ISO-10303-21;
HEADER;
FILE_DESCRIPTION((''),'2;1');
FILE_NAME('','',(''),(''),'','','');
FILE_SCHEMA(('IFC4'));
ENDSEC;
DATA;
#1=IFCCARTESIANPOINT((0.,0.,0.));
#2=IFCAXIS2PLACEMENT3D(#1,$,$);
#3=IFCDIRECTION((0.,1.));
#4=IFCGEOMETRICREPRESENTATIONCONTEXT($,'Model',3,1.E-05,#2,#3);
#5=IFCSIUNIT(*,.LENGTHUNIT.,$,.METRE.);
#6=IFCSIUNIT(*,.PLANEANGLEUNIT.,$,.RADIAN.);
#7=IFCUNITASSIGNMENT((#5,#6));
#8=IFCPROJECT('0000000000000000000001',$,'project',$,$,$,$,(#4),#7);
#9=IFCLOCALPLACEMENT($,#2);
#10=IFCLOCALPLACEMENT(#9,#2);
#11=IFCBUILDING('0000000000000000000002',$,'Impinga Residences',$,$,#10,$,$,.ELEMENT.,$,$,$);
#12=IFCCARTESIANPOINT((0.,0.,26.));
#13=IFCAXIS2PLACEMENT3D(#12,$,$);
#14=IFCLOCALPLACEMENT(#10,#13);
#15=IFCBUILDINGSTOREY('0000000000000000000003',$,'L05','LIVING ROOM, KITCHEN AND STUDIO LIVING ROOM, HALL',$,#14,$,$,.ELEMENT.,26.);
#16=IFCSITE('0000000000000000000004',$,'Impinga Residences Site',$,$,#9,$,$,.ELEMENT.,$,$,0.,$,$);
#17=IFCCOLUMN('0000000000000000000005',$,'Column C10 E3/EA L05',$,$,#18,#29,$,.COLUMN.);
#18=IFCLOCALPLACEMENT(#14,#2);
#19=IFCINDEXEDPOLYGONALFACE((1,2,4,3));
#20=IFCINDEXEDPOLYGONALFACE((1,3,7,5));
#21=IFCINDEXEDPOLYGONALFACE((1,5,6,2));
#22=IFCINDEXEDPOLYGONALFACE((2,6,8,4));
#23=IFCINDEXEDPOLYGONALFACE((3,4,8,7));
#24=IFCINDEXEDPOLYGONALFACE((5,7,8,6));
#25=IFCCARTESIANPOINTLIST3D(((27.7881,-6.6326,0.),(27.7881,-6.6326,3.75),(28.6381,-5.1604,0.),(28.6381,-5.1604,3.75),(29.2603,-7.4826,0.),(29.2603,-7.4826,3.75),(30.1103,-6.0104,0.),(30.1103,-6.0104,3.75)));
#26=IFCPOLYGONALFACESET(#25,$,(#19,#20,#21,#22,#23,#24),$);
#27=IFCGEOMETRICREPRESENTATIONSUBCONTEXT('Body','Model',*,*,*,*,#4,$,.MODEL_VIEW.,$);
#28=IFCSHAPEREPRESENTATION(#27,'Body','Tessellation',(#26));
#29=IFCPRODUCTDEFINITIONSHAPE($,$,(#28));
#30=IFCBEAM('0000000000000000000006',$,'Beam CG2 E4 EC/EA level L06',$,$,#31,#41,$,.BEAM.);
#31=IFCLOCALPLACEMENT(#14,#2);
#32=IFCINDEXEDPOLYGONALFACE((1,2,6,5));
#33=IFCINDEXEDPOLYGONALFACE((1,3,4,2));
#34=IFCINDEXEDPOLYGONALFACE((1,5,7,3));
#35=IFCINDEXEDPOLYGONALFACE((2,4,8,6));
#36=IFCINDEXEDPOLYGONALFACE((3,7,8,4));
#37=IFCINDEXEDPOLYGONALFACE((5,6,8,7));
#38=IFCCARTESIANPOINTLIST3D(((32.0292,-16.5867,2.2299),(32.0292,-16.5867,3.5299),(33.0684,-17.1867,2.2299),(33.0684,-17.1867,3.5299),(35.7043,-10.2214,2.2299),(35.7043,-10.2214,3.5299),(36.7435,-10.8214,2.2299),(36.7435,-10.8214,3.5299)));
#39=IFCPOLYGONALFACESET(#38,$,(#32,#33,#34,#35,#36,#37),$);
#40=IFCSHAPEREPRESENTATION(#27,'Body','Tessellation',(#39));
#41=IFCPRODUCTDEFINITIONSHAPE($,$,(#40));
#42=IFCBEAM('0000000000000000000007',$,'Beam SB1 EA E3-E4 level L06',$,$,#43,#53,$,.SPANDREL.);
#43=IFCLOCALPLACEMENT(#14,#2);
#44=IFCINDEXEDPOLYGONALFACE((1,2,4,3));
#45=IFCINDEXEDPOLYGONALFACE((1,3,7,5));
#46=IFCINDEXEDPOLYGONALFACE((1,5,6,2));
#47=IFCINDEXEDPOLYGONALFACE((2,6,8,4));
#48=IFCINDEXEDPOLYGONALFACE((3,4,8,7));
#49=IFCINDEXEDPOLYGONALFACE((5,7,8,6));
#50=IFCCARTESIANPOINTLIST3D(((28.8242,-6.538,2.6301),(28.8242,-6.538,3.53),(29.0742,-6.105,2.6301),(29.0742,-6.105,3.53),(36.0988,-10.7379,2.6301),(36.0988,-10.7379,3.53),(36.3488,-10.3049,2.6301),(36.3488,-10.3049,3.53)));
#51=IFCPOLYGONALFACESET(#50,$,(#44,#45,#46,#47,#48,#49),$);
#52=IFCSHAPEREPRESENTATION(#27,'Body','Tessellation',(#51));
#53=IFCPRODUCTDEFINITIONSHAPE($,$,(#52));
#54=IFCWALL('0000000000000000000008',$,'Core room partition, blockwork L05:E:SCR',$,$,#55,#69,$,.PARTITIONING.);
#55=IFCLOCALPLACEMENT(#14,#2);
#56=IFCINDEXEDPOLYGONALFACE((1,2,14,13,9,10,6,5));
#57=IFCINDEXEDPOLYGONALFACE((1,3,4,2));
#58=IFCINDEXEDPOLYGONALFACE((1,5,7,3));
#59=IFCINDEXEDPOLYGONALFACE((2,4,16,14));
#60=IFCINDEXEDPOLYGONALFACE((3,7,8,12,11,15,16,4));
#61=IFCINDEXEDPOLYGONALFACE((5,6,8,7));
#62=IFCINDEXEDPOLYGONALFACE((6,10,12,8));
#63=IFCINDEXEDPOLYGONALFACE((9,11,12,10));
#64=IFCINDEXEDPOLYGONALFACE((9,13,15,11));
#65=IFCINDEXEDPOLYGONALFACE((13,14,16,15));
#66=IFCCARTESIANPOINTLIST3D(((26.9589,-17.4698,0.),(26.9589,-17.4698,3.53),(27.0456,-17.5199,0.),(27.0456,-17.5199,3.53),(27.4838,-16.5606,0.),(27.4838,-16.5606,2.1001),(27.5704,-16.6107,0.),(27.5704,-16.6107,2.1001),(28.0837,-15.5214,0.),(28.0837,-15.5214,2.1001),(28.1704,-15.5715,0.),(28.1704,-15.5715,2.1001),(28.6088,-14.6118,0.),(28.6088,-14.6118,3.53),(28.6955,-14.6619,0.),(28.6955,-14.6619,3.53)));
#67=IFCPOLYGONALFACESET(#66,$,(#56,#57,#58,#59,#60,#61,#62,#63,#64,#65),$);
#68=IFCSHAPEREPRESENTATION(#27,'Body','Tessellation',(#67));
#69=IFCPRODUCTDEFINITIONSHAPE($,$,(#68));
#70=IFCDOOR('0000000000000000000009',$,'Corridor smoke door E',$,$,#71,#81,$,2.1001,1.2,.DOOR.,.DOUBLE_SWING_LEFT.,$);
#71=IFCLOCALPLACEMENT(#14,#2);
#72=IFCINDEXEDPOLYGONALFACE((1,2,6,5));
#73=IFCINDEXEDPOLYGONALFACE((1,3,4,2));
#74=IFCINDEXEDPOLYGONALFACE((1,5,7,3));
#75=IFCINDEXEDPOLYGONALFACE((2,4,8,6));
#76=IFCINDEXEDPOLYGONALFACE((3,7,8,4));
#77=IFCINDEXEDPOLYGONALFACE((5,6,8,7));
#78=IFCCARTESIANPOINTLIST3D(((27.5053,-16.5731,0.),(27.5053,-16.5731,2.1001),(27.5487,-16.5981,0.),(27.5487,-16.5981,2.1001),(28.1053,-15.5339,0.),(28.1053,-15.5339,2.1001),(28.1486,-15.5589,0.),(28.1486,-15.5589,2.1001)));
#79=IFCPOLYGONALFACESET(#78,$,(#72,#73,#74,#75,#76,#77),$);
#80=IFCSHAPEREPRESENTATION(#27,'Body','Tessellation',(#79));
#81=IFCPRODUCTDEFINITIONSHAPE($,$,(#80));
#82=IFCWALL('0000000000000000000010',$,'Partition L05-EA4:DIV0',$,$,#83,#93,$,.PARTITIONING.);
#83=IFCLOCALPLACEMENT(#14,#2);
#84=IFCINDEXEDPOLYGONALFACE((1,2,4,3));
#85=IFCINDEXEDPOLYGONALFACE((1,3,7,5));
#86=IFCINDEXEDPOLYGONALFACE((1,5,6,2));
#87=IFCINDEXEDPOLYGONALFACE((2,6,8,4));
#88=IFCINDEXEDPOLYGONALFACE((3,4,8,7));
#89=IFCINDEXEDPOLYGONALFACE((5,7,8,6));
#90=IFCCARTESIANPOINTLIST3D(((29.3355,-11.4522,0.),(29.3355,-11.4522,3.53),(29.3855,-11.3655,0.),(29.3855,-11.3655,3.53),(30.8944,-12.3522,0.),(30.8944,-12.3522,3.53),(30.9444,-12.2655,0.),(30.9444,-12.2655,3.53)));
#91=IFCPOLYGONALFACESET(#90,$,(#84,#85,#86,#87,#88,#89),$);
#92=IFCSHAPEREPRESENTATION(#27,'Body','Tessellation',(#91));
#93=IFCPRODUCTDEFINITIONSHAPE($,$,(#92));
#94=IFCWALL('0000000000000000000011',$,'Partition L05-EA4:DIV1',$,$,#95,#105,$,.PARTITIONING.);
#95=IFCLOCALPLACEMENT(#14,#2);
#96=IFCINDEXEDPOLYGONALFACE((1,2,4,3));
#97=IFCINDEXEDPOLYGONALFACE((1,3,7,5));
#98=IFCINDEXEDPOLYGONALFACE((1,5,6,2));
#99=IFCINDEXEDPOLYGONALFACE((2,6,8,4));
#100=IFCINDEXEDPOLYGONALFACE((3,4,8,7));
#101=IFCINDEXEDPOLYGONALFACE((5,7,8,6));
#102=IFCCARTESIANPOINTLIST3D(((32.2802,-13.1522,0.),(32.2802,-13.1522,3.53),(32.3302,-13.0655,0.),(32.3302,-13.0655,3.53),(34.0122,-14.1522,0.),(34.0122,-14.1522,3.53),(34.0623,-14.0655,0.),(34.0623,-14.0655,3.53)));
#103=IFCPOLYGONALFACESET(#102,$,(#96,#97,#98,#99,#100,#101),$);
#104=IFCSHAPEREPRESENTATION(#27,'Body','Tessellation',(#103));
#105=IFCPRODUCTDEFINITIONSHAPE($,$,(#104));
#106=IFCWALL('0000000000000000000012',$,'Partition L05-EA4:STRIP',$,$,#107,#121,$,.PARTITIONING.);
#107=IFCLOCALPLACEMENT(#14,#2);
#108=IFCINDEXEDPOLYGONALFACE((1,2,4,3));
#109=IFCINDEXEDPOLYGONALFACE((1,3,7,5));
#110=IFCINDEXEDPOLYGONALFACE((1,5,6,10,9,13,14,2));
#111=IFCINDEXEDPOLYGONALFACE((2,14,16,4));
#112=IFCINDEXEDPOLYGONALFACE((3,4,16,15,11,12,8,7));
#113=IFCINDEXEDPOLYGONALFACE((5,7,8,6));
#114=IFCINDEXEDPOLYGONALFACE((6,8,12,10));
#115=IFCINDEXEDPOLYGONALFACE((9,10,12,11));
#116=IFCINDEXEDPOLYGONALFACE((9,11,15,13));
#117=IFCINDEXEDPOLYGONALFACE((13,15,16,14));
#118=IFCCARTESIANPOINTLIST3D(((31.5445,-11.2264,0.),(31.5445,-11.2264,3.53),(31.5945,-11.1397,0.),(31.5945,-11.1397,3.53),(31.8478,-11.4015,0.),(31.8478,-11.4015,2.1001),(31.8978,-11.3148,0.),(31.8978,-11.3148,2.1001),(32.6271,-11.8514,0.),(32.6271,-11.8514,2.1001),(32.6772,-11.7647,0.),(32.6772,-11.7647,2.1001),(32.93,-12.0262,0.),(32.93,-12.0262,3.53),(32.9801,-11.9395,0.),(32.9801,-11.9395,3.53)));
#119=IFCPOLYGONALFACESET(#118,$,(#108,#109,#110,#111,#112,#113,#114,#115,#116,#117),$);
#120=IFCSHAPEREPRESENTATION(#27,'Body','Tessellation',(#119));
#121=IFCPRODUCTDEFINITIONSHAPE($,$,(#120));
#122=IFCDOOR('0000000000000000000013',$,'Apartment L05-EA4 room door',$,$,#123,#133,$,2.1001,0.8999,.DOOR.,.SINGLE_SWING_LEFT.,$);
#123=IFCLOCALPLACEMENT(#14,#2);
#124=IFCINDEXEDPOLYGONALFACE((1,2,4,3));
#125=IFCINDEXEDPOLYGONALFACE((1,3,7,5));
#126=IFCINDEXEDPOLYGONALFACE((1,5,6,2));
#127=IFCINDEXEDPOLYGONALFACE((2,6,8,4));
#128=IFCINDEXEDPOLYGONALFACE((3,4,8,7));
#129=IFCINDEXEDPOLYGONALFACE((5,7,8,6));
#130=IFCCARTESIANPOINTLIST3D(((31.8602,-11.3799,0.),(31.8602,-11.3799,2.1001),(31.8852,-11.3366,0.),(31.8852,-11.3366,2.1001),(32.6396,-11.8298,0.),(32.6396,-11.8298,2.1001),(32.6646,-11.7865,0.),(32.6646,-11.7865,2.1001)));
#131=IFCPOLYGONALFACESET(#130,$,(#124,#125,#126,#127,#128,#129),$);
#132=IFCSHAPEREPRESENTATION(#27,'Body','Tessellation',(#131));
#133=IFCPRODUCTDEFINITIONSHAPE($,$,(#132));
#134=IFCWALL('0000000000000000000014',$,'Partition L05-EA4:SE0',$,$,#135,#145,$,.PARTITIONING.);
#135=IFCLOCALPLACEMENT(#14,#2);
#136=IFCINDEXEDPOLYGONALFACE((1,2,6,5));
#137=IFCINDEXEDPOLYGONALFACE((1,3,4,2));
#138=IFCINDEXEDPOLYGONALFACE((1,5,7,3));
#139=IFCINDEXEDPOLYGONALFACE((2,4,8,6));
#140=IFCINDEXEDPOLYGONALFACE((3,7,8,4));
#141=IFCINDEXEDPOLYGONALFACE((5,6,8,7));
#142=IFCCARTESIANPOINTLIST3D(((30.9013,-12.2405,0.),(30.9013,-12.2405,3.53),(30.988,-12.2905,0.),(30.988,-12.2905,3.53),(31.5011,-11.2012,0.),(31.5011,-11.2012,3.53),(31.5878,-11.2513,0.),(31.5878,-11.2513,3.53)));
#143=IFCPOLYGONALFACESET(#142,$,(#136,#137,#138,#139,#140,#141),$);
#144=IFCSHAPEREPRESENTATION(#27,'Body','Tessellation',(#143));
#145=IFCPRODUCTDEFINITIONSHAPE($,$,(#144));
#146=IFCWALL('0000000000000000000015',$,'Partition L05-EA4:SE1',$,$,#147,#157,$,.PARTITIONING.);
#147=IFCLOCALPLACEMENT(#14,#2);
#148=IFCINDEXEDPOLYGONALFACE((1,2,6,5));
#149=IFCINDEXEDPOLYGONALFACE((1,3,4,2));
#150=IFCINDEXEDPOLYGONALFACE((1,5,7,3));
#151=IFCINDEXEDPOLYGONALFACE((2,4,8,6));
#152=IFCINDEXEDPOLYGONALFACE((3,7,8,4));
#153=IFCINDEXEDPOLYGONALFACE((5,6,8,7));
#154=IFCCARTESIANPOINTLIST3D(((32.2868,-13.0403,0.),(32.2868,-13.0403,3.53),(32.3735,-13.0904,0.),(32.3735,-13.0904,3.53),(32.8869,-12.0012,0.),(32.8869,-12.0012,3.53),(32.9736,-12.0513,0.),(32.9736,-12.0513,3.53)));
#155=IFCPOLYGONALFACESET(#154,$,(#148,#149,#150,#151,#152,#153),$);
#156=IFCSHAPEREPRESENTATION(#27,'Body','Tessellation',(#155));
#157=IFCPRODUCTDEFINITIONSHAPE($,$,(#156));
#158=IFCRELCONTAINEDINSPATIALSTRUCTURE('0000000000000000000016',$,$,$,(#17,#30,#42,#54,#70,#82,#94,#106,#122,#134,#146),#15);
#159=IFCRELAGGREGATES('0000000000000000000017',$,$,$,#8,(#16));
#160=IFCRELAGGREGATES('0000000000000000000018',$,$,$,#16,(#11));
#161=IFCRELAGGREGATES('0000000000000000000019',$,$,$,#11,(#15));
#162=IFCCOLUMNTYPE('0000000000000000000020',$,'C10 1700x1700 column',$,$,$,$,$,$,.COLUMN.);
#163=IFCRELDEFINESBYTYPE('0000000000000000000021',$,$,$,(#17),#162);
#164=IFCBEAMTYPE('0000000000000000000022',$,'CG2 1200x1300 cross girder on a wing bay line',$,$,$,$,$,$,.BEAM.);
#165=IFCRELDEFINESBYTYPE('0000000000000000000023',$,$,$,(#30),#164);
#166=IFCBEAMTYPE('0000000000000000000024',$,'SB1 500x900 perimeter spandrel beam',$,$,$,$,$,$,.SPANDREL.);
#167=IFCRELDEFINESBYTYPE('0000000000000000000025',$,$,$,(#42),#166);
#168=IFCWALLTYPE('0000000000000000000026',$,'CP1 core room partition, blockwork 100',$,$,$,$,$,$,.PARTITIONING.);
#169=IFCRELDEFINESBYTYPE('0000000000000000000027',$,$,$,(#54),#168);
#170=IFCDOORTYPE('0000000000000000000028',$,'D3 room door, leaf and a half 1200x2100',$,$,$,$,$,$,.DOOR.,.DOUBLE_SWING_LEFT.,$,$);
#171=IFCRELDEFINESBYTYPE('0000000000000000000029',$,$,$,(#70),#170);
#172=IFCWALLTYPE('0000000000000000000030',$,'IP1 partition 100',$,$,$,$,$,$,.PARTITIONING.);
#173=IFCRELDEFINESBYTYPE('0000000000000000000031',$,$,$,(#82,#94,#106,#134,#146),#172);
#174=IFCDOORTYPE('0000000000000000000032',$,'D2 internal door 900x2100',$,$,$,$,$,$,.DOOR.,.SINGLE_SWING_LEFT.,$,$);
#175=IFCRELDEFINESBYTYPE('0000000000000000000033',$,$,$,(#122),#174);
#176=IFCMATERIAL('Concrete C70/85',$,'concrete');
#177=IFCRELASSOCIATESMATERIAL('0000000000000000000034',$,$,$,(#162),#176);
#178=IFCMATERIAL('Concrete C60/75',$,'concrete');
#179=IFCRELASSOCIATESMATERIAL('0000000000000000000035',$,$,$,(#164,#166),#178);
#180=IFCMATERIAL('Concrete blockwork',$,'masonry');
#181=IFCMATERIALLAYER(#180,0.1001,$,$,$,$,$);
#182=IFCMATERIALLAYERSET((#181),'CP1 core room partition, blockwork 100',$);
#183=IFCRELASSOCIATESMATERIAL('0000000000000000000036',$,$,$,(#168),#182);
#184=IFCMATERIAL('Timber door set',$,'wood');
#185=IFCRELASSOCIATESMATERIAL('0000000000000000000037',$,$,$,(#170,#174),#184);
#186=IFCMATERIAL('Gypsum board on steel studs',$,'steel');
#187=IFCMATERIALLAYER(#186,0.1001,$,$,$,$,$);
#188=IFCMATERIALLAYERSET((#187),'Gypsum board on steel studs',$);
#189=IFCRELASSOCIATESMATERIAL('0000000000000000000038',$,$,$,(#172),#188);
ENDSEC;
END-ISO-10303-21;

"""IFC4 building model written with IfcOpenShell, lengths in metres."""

from ifc_helpers import new_model, si_unit, direction, frame, frame_2d, origin, origin_2d, place, context, subcontext, project, spatial, rectangle, extrude, material, layer, layer_set, material_profile, profile_set, type_object, element, fill, save


model = new_model("IFC4")

# Units and contexts
model_context = context("Model", 3, precision=1e-05, world=origin(), true_north=direction((0.0, 1.0)))
body_context = subcontext(model_context, "Body", "Model", "MODEL_VIEW")
ifc_project = project(units=[si_unit("LENGTHUNIT", "METRE"), si_unit("PLANEANGLEUNIT", "RADIAN")], contexts=[model_context])

# Site, building, storey
site_placement = place(None, origin())
site = spatial("IfcSite", under=ifc_project, at=site_placement, Name="Impinga Residences Site", CompositionType="ELEMENT", RefElevation=0.0)
building_placement = place(site_placement, origin())
building = spatial("IfcBuilding", under=site, at=building_placement, Name="Impinga Residences", CompositionType="ELEMENT")
storey_placement = place(building_placement, frame((0.0, 0.0, 26.0)))
storey = spatial("IfcBuildingStorey", under=building, at=storey_placement, Name="L05", Description="LIVING ROOM, KITCHEN AND STUDIO LIVING ROOM, HALL", CompositionType="ELEMENT", Elevation=26.0)

# Column
ifc_material_1 = material(Name="Concrete C70/85", Category="concrete")
ifc_material_profile_1 = material_profile(ifc_material_1, rectangle(XDim=1.7, YDim=1.7, at=origin_2d()), Name="RC 1700x1700")
ifc_profile_set_1 = profile_set([ifc_material_profile_1], Name="Concrete C70/85")
column_type = type_object("IfcColumnType", Name="C10 1700x1700 column", PredefinedType="COLUMN", material=ifc_profile_set_1)
column_placement = place(storey_placement, frame((28.9492, -6.3215, 0.0), z_axis=(0.0, 0.0, 1.0), x_axis=(-0.5, -0.866025, 0.0)))
element("IfcColumn", 1, at=column_placement, inside=storey, type_object=column_type, Name="Column C10 E3/EA L05", PredefinedType="COLUMN", context=body_context, shape_type="SweptSolid", body=[
    extrude(rectangle(XDim=1.7, YDim=1.7, at=origin_2d()), origin(), (0.0, 0.0, 1.0), 3.75),
])

# Beams
ifc_material_2 = material(Name="Concrete C60/75", Category="concrete")
ifc_material_profile_2 = material_profile(ifc_material_2, rectangle(XDim=1.2, YDim=1.3, at=origin_2d()), Name="RC 1200x1300")
ifc_profile_set_2 = profile_set([ifc_material_profile_2], Name="Concrete C60/75")
beam_type_1 = type_object("IfcBeamType", Name="CG2 1200x1300 cross girder on a wing bay line", PredefinedType="BEAM", material=ifc_profile_set_2)
beam_1_placement = place(storey_placement, frame((32.5488, -16.8867, 2.8799), z_axis=(0.500008, 0.866021, 0.0), x_axis=(-0.866021, 0.500008, 0.0)))
element("IfcBeam", 2, at=beam_1_placement, inside=storey, type_object=beam_type_1, Name="Beam CG2 E4 EC/EA level L06", PredefinedType="BEAM", context=body_context, shape_type="SweptSolid", body=[
    extrude(rectangle(XDim=1.2, YDim=1.3, at=origin_2d()), origin(), (0.0, 0.0, 1.0), 7.3501),
])
ifc_material_profile_3 = material_profile(ifc_material_2, rectangle(XDim=0.5, YDim=0.8999, at=origin_2d()), Name="RC 500x900")
ifc_profile_set_3 = profile_set([ifc_material_profile_3], Name="Concrete C60/75")
beam_type_2 = type_object("IfcBeamType", Name="SB1 500x900 perimeter spandrel beam", PredefinedType="SPANDREL", material=ifc_profile_set_3)
beam_2_placement = place(storey_placement, frame((28.9492, -6.3215, 3.0801), z_axis=(0.866029, -0.499993, 0.0), x_axis=(0.499993, 0.866029, 0.0)))
element("IfcBeam", 3, at=beam_2_placement, inside=storey, type_object=beam_type_2, Name="Beam SB1 EA E3-E4 level L06", PredefinedType="SPANDREL", context=body_context, shape_type="SweptSolid", body=[
    extrude(rectangle(XDim=0.5, YDim=0.8999, at=origin_2d()), origin(), (0.0, 0.0, 1.0), 8.3999),
])

# Wall, opening, door
ifc_material_3 = material(Name="Concrete blockwork", Category="masonry")
ifc_layer_1 = layer(ifc_material_3, 0.1001)
ifc_layer_set_1 = layer_set([ifc_layer_1], Name="CP1 core room partition, blockwork 100")
wall_type_1 = type_object("IfcWallType", Name="CP1 core room partition, blockwork 100", PredefinedType="PARTITIONING", material=ifc_layer_set_1)
wall_1_placement = place(storey_placement, frame((28.6521, -14.637, 0.0), z_axis=(0.0, 0.0, 1.0), x_axis=(-0.499974, -0.86604, 0.0)))
wall_1 = element("IfcWall", 4, at=wall_1_placement, inside=storey, type_object=wall_type_1, Name="Core room partition, blockwork L05:E:SCR", PredefinedType="PARTITIONING", context=body_context, shape_type="SweptSolid", body=[
    extrude(rectangle(XDim=3.3, YDim=0.1001, at=frame_2d((1.6499, 0.0))), origin(), (0.0, 0.0, 1.0), 3.53),
])
opening_1_placement = place(wall_1_placement, frame((1.05, 0.0, 0.0)))
opening_1 = element("IfcOpeningElement", 5, at=opening_1_placement, cuts=wall_1, PredefinedType="OPENING", context=body_context, shape_type="SweptSolid", body=[
    extrude(rectangle(XDim=1.2, YDim=2.1001, at=frame_2d((0.6001, 1.05))), frame((0.0, 0.0601, 0.0), z_axis=(0.0, -1.0, 0.0), x_axis=(1.0, 0.0, 0.0)), (0.0, 0.0, 1.0), 0.1201),
])
ifc_material_4 = material(Name="Timber door set", Category="wood")
door_type_1 = type_object("IfcDoorType", Name="D3 room door, leaf and a half 1200x2100", OperationType="DOUBLE_SWING_LEFT", PredefinedType="DOOR", material=ifc_material_4)
door_1_placement = place(opening_1_placement, origin())
door_1 = element("IfcDoor", 6, at=door_1_placement, inside=storey, type_object=door_type_1, Name="Corridor smoke door E", OperationType="DOUBLE_SWING_LEFT", OverallHeight=2.1001, OverallWidth=1.2, PredefinedType="DOOR", context=body_context, shape_type="SweptSolid", body=[
    extrude(rectangle(XDim=1.2, YDim=2.1001, at=frame_2d((0.6001, 1.05))), frame((0.0, 0.0249, 0.0), z_axis=(0.0, -1.0, 0.0), x_axis=(1.0, 0.0, 0.0)), (0.0, 0.0, 1.0), 0.05),
])
fill(opening_1, door_1)

# Walls
ifc_material_5 = material(Name="Gypsum board on steel studs", Category="steel")
ifc_layer_2 = layer(ifc_material_5, 0.1001)
ifc_layer_set_2 = layer_set([ifc_layer_2], Name="Gypsum board on steel studs")
wall_type_2 = type_object("IfcWallType", Name="IP1 partition 100", PredefinedType="PARTITIONING", material=ifc_layer_set_2)
wall_2_placement = place(storey_placement, frame((29.3606, -11.4089, 0.0), z_axis=(0.0, 0.0, 1.0), x_axis=(0.866048, -0.499961, 0.0)))
element("IfcWall", 7, at=wall_2_placement, inside=storey, type_object=wall_type_2, Name="Partition L05-EA4:DIV0", PredefinedType="PARTITIONING", context=body_context, shape_type="SweptSolid", body=[
    extrude(rectangle(XDim=1.8, YDim=0.1001, at=frame_2d((0.8999, 0.0))), origin(), (0.0, 0.0, 1.0), 3.53),
])
wall_3_placement = place(storey_placement, frame((32.3052, -13.1089, 0.0), z_axis=(0.0, 0.0, 1.0), x_axis=(0.866041, -0.499973, 0.0)))
element("IfcWall", 8, at=wall_3_placement, inside=storey, type_object=wall_type_2, Name="Partition L05-EA4:DIV1", PredefinedType="PARTITIONING", context=body_context, shape_type="SweptSolid", body=[
    extrude(rectangle(XDim=2.0, YDim=0.1001, at=frame_2d((1.0, 0.0))), origin(), (0.0, 0.0, 1.0), 3.53),
])

# Wall, opening, door
wall_4_placement = place(storey_placement, frame((31.5696, -11.1831, 0.0), z_axis=(0.0, 0.0, 1.0), x_axis=(0.866056, -0.499947, 0.0)))
wall_4 = element("IfcWall", 9, at=wall_4_placement, inside=storey, type_object=wall_type_2, Name="Partition L05-EA4:STRIP", PredefinedType="PARTITIONING", context=body_context, shape_type="SweptSolid", body=[
    extrude(rectangle(XDim=1.5999, YDim=0.1001, at=frame_2d((0.7998, 0.0))), origin(), (0.0, 0.0, 1.0), 3.53),
])
opening_2_placement = place(wall_4_placement, frame((0.3501, 0.0, 0.0)))
opening_2 = element("IfcOpeningElement", 10, at=opening_2_placement, cuts=wall_4, PredefinedType="OPENING", context=body_context, shape_type="SweptSolid", body=[
    extrude(rectangle(XDim=0.8999, YDim=2.1001, at=frame_2d((0.45, 1.05))), frame((0.0, 0.0601, 0.0), z_axis=(0.0, -1.0, 0.0), x_axis=(1.0, 0.0, 0.0)), (0.0, 0.0, 1.0), 0.1201),
])
door_type_2 = type_object("IfcDoorType", Name="D2 internal door 900x2100", OperationType="SINGLE_SWING_LEFT", PredefinedType="DOOR", material=ifc_material_4)
door_2_placement = place(opening_2_placement, origin())
door_2 = element("IfcDoor", 11, at=door_2_placement, inside=storey, type_object=door_type_2, Name="Apartment L05-EA4 room door", OperationType="SINGLE_SWING_LEFT", OverallHeight=2.1001, OverallWidth=0.8999, PredefinedType="DOOR", context=body_context, shape_type="SweptSolid", body=[
    extrude(rectangle(XDim=0.8999, YDim=2.1001, at=frame_2d((0.45, 1.05))), frame((0.0, 0.0249, 0.0), z_axis=(0.0, -1.0, 0.0), x_axis=(1.0, 0.0, 0.0)), (0.0, 0.0, 1.0), 0.05),
])
fill(opening_2, door_2)

# Walls
for number, where, z_axis, x_axis, name in (
    (12, (30.9446, -12.2656, 0.0), (0.0, 0.0, 1.0), (0.499881, 0.866094, 0.0), "Partition L05-EA4:SE0"),
    (13, (32.3301, -13.0654, 0.0), (0.0, 0.0, 1.0), (0.500122, 0.865955, 0.0), "Partition L05-EA4:SE1"),
):
    element("IfcWall", number, at=place(storey_placement, frame(where, z_axis=z_axis, x_axis=x_axis)), inside=storey, type_object=wall_type_2, Name=name, PredefinedType="PARTITIONING", context=body_context, shape_type="SweptSolid", body=[
        extrude(rectangle(XDim=1.2, YDim=0.1001, at=frame_2d((0.6001, 0.0))), origin(), (0.0, 0.0, 1.0), 3.53),
    ])

save(model, "model.ifc")
